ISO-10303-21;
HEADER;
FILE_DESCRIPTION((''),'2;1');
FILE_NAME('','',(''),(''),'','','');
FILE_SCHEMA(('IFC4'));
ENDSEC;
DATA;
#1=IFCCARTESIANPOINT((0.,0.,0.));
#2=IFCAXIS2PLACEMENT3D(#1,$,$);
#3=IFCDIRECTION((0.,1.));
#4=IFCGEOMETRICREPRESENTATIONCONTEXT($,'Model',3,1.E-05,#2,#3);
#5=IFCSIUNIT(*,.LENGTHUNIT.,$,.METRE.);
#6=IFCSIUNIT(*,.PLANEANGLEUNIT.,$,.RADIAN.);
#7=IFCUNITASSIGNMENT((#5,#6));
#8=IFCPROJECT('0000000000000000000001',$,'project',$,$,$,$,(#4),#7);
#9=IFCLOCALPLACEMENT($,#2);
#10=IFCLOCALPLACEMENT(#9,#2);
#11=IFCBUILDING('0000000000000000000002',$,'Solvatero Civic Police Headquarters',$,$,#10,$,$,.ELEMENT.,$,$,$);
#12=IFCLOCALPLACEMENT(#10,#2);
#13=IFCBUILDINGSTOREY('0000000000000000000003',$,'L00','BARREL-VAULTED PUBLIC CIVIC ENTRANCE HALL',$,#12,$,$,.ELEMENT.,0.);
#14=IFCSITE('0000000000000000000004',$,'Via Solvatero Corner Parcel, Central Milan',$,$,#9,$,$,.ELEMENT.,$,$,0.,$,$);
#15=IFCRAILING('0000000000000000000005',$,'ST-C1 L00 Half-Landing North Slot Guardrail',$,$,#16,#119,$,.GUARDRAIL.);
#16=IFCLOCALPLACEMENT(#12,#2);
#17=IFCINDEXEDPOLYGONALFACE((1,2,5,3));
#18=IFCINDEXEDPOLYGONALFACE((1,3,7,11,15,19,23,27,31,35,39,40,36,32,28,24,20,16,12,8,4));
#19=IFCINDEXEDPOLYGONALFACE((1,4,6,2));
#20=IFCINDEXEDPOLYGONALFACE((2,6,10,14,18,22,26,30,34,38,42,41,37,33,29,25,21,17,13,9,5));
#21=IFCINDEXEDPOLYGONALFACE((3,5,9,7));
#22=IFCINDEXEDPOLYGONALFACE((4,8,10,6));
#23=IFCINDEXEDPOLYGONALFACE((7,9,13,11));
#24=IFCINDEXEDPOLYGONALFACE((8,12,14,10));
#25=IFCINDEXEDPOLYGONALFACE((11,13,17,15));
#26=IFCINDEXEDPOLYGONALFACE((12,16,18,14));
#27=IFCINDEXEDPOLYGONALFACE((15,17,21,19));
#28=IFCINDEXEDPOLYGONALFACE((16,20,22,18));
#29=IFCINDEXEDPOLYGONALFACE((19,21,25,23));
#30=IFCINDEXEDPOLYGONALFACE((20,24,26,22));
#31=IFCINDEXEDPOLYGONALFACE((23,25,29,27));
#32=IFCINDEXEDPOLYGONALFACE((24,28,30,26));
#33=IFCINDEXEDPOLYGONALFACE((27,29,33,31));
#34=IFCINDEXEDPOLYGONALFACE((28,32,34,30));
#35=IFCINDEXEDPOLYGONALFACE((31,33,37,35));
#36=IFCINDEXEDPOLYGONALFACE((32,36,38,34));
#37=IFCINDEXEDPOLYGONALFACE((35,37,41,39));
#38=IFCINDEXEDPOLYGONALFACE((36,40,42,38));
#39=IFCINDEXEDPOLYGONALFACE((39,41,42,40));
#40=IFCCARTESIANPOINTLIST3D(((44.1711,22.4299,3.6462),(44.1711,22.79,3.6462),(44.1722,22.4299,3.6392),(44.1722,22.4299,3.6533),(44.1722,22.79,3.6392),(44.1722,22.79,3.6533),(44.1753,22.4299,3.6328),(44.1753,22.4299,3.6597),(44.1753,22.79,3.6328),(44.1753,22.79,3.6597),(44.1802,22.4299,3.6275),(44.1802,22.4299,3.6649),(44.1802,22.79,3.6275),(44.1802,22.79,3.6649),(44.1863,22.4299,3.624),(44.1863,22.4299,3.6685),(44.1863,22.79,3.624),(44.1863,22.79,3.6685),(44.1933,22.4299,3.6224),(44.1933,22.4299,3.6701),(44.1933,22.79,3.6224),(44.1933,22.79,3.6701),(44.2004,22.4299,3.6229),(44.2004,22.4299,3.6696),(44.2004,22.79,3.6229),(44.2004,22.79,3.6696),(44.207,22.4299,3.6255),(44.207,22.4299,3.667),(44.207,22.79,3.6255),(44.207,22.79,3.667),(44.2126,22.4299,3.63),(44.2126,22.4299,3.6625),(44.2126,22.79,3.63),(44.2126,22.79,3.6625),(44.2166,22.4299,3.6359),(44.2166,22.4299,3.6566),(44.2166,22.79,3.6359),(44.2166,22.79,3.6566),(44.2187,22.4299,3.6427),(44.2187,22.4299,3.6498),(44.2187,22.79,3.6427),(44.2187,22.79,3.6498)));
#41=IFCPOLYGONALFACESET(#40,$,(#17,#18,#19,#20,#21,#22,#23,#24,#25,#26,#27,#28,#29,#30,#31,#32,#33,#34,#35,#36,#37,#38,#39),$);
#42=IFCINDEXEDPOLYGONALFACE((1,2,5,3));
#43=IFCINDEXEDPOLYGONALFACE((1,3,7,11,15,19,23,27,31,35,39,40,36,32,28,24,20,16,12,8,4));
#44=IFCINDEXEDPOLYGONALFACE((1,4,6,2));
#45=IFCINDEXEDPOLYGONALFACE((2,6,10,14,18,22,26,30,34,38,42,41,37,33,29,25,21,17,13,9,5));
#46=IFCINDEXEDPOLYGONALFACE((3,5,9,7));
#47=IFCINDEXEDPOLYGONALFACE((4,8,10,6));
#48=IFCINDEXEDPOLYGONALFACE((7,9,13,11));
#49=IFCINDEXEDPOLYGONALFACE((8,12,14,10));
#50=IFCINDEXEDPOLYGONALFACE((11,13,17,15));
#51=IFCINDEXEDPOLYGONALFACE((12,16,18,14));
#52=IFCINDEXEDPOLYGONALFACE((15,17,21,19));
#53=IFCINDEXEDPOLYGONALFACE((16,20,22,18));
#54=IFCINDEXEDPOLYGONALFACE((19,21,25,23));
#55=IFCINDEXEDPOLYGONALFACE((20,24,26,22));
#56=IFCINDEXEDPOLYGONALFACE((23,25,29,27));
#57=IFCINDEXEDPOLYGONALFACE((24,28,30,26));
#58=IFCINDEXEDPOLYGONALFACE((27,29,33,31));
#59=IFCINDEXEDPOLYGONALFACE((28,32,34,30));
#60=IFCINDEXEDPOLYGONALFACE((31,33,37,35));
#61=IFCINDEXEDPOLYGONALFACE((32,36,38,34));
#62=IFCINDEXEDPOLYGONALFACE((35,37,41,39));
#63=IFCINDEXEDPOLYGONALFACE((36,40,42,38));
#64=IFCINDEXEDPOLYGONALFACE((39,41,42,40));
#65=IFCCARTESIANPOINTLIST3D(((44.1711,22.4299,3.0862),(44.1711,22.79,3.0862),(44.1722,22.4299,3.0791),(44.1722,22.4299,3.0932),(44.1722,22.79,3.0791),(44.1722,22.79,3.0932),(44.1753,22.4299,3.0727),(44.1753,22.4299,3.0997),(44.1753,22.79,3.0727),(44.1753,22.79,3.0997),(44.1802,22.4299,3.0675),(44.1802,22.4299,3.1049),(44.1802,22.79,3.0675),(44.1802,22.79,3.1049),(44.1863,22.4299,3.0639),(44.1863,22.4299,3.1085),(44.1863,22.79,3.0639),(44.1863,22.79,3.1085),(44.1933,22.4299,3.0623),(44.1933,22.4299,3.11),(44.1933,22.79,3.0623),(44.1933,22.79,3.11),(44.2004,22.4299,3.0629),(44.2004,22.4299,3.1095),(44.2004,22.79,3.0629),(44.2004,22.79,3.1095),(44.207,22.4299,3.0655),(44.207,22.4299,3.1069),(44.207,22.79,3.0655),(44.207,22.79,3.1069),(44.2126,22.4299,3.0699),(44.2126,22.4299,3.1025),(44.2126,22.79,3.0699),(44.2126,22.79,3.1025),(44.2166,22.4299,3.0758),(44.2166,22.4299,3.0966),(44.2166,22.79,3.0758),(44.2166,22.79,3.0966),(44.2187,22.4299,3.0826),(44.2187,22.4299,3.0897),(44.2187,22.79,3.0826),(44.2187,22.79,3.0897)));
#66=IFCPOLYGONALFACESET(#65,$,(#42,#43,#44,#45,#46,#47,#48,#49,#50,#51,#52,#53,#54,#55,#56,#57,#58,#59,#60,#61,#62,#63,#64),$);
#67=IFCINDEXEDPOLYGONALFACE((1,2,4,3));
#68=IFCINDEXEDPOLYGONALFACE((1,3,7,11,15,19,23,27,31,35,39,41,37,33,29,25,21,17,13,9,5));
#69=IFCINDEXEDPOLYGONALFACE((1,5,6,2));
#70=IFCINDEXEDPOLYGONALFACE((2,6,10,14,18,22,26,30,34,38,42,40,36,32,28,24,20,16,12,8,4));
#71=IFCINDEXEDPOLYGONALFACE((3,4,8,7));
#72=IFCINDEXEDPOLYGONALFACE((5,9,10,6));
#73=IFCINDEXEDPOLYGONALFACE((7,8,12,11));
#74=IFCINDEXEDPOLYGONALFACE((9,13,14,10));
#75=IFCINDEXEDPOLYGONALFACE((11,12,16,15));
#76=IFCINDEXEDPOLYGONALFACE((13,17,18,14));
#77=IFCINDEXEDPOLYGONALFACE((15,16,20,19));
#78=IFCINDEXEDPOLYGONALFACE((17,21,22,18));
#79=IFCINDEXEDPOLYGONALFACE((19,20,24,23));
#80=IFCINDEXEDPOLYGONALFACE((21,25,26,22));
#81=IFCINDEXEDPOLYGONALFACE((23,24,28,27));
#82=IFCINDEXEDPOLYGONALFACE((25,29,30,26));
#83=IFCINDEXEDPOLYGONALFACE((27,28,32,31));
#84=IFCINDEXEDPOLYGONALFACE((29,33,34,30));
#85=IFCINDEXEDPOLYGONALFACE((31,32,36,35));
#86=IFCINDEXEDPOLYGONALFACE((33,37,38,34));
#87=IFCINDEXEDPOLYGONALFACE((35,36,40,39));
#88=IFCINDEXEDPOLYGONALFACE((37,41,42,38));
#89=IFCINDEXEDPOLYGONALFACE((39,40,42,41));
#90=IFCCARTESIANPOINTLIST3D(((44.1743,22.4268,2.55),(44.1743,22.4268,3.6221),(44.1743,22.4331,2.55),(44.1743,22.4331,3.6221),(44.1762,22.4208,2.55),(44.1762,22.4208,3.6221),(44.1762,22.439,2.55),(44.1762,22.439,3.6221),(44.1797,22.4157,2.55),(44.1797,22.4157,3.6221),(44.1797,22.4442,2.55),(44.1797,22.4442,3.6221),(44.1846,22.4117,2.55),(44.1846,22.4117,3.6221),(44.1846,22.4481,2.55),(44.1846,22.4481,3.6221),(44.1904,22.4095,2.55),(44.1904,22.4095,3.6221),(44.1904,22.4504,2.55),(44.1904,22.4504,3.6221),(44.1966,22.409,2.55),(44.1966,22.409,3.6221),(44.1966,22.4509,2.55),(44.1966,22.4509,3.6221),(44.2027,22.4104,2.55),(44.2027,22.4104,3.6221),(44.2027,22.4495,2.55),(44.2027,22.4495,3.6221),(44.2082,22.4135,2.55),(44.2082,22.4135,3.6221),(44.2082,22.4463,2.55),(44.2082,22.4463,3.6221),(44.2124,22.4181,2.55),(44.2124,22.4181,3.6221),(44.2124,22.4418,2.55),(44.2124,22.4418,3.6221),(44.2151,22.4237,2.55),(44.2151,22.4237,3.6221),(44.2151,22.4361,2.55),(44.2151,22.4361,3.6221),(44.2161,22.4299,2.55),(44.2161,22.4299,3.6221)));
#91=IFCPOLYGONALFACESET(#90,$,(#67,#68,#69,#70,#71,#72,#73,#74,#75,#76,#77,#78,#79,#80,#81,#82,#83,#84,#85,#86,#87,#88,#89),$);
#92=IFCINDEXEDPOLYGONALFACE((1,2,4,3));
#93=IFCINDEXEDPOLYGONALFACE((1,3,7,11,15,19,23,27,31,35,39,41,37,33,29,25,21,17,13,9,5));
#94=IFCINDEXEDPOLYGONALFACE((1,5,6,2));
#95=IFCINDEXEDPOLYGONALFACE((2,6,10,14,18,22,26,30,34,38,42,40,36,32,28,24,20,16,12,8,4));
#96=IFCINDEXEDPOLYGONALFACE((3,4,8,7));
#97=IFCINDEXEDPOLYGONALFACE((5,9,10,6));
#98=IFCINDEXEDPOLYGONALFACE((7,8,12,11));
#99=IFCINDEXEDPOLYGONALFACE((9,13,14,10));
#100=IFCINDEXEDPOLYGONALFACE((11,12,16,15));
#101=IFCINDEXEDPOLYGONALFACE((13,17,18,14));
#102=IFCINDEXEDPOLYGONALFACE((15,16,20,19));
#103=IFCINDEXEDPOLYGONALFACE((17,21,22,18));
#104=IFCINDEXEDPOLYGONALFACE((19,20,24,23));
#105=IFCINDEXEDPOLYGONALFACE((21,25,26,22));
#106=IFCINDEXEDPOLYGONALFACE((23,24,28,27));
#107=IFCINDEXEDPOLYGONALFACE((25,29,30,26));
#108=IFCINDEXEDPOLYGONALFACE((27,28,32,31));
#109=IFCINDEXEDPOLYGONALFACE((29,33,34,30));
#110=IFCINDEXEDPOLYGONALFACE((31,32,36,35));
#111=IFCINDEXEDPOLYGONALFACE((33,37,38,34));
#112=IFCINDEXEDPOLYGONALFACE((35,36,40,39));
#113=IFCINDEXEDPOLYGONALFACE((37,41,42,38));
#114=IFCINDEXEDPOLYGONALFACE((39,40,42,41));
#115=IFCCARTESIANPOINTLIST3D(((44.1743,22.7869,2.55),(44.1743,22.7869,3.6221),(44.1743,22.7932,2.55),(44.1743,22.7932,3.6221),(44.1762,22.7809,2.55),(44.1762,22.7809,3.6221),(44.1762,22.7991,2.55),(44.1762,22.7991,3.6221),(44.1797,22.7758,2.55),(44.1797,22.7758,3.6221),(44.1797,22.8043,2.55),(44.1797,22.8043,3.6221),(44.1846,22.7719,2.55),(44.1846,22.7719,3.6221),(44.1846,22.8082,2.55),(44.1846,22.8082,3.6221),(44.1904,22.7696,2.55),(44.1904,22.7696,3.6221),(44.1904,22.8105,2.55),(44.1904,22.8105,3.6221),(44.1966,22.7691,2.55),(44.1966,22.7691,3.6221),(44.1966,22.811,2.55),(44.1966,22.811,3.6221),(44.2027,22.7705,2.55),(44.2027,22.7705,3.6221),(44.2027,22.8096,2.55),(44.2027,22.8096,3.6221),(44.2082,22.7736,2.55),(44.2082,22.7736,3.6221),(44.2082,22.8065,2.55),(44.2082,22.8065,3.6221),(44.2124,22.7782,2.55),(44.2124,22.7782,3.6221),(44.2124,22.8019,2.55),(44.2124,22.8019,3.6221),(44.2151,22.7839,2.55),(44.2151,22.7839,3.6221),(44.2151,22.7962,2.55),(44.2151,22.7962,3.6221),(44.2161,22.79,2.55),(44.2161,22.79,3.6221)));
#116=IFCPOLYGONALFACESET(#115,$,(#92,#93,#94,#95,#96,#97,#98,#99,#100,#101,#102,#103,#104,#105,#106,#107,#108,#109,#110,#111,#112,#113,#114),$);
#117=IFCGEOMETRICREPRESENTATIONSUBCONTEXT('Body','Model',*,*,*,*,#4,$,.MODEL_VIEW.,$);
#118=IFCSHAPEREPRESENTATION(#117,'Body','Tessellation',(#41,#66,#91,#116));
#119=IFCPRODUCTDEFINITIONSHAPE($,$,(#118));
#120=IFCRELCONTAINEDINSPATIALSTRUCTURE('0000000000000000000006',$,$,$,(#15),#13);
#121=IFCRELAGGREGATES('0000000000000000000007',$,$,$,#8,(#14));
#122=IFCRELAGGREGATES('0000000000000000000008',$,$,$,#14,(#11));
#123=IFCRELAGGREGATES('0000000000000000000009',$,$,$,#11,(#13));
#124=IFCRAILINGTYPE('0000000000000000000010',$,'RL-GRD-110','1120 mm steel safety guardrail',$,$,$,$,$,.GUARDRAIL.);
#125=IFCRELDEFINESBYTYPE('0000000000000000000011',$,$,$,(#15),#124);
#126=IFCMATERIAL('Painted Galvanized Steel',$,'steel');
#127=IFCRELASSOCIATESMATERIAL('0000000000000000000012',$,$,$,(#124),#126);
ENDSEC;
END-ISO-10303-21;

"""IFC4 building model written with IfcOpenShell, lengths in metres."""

from ifc_helpers import new_model, si_unit, direction, frame, origin, origin_2d, place, context, subcontext, project, spatial, circle, extrude, material, type_object, element, save


model = new_model("IFC4")

# Units and contexts
model_context = context("Model", 3, precision=1e-05, world=origin(), true_north=direction((0.0, 1.0)))
body_context = subcontext(model_context, "Body", "Model", "MODEL_VIEW")
ifc_project = project(units=[si_unit("LENGTHUNIT", "METRE"), si_unit("PLANEANGLEUNIT", "RADIAN")], contexts=[model_context])

# Site, building, storey
site_placement = place(None, origin())
site = spatial("IfcSite", under=ifc_project, at=site_placement, Name="Via Solvatero Corner Parcel, Central Milan", CompositionType="ELEMENT", RefElevation=0.0)
building_placement = place(site_placement, origin())
building = spatial("IfcBuilding", under=site, at=building_placement, Name="Solvatero Civic Police Headquarters", CompositionType="ELEMENT")
storey_placement = place(building_placement, origin())
storey = spatial("IfcBuildingStorey", under=building, at=storey_placement, Name="L00", Description="BARREL-VAULTED PUBLIC CIVIC ENTRANCE HALL", CompositionType="ELEMENT", Elevation=0.0)

# Railing
ifc_material_1 = material(Name="Painted Galvanized Steel", Category="steel")
railing_type_1 = type_object("IfcRailingType", Name="RL-GRD-110", Description="1120 mm steel safety guardrail", PredefinedType="GUARDRAIL", material=ifc_material_1)
railing_1_placement = place(storey_placement, frame((44.1951, 22.4299, 2.55)))
element("IfcRailing", 1, at=railing_1_placement, inside=storey, type_object=railing_type_1, Name="ST-C1 L00 Half-Landing North Slot Guardrail", PredefinedType="GUARDRAIL", context=body_context, shape_type="SweptSolid", body=[
    extrude(circle(Radius=0.0239, at=origin_2d()), frame((0.0, 0.0, 1.0962), z_axis=(0.0, 1.0, 0.0), x_axis=(-1.0, 0.0, 0.0)), (0.0, 0.0, 1.0), 0.3601),
    extrude(circle(Radius=0.0239, at=origin_2d()), frame((0.0, 0.0, 0.5361), z_axis=(0.0, 1.0, 0.0), x_axis=(-1.0, 0.0, 0.0)), (0.0, 0.0, 1.0), 0.3601),
    extrude(circle(Radius=0.021, at=origin_2d()), origin(), (0.0, 0.0, 1.0), 1.072),
    extrude(circle(Radius=0.021, at=origin_2d()), frame((0.0, 0.3601, 0.0)), (0.0, 0.0, 1.0), 1.072),
])

save(model, "model.ifc")
